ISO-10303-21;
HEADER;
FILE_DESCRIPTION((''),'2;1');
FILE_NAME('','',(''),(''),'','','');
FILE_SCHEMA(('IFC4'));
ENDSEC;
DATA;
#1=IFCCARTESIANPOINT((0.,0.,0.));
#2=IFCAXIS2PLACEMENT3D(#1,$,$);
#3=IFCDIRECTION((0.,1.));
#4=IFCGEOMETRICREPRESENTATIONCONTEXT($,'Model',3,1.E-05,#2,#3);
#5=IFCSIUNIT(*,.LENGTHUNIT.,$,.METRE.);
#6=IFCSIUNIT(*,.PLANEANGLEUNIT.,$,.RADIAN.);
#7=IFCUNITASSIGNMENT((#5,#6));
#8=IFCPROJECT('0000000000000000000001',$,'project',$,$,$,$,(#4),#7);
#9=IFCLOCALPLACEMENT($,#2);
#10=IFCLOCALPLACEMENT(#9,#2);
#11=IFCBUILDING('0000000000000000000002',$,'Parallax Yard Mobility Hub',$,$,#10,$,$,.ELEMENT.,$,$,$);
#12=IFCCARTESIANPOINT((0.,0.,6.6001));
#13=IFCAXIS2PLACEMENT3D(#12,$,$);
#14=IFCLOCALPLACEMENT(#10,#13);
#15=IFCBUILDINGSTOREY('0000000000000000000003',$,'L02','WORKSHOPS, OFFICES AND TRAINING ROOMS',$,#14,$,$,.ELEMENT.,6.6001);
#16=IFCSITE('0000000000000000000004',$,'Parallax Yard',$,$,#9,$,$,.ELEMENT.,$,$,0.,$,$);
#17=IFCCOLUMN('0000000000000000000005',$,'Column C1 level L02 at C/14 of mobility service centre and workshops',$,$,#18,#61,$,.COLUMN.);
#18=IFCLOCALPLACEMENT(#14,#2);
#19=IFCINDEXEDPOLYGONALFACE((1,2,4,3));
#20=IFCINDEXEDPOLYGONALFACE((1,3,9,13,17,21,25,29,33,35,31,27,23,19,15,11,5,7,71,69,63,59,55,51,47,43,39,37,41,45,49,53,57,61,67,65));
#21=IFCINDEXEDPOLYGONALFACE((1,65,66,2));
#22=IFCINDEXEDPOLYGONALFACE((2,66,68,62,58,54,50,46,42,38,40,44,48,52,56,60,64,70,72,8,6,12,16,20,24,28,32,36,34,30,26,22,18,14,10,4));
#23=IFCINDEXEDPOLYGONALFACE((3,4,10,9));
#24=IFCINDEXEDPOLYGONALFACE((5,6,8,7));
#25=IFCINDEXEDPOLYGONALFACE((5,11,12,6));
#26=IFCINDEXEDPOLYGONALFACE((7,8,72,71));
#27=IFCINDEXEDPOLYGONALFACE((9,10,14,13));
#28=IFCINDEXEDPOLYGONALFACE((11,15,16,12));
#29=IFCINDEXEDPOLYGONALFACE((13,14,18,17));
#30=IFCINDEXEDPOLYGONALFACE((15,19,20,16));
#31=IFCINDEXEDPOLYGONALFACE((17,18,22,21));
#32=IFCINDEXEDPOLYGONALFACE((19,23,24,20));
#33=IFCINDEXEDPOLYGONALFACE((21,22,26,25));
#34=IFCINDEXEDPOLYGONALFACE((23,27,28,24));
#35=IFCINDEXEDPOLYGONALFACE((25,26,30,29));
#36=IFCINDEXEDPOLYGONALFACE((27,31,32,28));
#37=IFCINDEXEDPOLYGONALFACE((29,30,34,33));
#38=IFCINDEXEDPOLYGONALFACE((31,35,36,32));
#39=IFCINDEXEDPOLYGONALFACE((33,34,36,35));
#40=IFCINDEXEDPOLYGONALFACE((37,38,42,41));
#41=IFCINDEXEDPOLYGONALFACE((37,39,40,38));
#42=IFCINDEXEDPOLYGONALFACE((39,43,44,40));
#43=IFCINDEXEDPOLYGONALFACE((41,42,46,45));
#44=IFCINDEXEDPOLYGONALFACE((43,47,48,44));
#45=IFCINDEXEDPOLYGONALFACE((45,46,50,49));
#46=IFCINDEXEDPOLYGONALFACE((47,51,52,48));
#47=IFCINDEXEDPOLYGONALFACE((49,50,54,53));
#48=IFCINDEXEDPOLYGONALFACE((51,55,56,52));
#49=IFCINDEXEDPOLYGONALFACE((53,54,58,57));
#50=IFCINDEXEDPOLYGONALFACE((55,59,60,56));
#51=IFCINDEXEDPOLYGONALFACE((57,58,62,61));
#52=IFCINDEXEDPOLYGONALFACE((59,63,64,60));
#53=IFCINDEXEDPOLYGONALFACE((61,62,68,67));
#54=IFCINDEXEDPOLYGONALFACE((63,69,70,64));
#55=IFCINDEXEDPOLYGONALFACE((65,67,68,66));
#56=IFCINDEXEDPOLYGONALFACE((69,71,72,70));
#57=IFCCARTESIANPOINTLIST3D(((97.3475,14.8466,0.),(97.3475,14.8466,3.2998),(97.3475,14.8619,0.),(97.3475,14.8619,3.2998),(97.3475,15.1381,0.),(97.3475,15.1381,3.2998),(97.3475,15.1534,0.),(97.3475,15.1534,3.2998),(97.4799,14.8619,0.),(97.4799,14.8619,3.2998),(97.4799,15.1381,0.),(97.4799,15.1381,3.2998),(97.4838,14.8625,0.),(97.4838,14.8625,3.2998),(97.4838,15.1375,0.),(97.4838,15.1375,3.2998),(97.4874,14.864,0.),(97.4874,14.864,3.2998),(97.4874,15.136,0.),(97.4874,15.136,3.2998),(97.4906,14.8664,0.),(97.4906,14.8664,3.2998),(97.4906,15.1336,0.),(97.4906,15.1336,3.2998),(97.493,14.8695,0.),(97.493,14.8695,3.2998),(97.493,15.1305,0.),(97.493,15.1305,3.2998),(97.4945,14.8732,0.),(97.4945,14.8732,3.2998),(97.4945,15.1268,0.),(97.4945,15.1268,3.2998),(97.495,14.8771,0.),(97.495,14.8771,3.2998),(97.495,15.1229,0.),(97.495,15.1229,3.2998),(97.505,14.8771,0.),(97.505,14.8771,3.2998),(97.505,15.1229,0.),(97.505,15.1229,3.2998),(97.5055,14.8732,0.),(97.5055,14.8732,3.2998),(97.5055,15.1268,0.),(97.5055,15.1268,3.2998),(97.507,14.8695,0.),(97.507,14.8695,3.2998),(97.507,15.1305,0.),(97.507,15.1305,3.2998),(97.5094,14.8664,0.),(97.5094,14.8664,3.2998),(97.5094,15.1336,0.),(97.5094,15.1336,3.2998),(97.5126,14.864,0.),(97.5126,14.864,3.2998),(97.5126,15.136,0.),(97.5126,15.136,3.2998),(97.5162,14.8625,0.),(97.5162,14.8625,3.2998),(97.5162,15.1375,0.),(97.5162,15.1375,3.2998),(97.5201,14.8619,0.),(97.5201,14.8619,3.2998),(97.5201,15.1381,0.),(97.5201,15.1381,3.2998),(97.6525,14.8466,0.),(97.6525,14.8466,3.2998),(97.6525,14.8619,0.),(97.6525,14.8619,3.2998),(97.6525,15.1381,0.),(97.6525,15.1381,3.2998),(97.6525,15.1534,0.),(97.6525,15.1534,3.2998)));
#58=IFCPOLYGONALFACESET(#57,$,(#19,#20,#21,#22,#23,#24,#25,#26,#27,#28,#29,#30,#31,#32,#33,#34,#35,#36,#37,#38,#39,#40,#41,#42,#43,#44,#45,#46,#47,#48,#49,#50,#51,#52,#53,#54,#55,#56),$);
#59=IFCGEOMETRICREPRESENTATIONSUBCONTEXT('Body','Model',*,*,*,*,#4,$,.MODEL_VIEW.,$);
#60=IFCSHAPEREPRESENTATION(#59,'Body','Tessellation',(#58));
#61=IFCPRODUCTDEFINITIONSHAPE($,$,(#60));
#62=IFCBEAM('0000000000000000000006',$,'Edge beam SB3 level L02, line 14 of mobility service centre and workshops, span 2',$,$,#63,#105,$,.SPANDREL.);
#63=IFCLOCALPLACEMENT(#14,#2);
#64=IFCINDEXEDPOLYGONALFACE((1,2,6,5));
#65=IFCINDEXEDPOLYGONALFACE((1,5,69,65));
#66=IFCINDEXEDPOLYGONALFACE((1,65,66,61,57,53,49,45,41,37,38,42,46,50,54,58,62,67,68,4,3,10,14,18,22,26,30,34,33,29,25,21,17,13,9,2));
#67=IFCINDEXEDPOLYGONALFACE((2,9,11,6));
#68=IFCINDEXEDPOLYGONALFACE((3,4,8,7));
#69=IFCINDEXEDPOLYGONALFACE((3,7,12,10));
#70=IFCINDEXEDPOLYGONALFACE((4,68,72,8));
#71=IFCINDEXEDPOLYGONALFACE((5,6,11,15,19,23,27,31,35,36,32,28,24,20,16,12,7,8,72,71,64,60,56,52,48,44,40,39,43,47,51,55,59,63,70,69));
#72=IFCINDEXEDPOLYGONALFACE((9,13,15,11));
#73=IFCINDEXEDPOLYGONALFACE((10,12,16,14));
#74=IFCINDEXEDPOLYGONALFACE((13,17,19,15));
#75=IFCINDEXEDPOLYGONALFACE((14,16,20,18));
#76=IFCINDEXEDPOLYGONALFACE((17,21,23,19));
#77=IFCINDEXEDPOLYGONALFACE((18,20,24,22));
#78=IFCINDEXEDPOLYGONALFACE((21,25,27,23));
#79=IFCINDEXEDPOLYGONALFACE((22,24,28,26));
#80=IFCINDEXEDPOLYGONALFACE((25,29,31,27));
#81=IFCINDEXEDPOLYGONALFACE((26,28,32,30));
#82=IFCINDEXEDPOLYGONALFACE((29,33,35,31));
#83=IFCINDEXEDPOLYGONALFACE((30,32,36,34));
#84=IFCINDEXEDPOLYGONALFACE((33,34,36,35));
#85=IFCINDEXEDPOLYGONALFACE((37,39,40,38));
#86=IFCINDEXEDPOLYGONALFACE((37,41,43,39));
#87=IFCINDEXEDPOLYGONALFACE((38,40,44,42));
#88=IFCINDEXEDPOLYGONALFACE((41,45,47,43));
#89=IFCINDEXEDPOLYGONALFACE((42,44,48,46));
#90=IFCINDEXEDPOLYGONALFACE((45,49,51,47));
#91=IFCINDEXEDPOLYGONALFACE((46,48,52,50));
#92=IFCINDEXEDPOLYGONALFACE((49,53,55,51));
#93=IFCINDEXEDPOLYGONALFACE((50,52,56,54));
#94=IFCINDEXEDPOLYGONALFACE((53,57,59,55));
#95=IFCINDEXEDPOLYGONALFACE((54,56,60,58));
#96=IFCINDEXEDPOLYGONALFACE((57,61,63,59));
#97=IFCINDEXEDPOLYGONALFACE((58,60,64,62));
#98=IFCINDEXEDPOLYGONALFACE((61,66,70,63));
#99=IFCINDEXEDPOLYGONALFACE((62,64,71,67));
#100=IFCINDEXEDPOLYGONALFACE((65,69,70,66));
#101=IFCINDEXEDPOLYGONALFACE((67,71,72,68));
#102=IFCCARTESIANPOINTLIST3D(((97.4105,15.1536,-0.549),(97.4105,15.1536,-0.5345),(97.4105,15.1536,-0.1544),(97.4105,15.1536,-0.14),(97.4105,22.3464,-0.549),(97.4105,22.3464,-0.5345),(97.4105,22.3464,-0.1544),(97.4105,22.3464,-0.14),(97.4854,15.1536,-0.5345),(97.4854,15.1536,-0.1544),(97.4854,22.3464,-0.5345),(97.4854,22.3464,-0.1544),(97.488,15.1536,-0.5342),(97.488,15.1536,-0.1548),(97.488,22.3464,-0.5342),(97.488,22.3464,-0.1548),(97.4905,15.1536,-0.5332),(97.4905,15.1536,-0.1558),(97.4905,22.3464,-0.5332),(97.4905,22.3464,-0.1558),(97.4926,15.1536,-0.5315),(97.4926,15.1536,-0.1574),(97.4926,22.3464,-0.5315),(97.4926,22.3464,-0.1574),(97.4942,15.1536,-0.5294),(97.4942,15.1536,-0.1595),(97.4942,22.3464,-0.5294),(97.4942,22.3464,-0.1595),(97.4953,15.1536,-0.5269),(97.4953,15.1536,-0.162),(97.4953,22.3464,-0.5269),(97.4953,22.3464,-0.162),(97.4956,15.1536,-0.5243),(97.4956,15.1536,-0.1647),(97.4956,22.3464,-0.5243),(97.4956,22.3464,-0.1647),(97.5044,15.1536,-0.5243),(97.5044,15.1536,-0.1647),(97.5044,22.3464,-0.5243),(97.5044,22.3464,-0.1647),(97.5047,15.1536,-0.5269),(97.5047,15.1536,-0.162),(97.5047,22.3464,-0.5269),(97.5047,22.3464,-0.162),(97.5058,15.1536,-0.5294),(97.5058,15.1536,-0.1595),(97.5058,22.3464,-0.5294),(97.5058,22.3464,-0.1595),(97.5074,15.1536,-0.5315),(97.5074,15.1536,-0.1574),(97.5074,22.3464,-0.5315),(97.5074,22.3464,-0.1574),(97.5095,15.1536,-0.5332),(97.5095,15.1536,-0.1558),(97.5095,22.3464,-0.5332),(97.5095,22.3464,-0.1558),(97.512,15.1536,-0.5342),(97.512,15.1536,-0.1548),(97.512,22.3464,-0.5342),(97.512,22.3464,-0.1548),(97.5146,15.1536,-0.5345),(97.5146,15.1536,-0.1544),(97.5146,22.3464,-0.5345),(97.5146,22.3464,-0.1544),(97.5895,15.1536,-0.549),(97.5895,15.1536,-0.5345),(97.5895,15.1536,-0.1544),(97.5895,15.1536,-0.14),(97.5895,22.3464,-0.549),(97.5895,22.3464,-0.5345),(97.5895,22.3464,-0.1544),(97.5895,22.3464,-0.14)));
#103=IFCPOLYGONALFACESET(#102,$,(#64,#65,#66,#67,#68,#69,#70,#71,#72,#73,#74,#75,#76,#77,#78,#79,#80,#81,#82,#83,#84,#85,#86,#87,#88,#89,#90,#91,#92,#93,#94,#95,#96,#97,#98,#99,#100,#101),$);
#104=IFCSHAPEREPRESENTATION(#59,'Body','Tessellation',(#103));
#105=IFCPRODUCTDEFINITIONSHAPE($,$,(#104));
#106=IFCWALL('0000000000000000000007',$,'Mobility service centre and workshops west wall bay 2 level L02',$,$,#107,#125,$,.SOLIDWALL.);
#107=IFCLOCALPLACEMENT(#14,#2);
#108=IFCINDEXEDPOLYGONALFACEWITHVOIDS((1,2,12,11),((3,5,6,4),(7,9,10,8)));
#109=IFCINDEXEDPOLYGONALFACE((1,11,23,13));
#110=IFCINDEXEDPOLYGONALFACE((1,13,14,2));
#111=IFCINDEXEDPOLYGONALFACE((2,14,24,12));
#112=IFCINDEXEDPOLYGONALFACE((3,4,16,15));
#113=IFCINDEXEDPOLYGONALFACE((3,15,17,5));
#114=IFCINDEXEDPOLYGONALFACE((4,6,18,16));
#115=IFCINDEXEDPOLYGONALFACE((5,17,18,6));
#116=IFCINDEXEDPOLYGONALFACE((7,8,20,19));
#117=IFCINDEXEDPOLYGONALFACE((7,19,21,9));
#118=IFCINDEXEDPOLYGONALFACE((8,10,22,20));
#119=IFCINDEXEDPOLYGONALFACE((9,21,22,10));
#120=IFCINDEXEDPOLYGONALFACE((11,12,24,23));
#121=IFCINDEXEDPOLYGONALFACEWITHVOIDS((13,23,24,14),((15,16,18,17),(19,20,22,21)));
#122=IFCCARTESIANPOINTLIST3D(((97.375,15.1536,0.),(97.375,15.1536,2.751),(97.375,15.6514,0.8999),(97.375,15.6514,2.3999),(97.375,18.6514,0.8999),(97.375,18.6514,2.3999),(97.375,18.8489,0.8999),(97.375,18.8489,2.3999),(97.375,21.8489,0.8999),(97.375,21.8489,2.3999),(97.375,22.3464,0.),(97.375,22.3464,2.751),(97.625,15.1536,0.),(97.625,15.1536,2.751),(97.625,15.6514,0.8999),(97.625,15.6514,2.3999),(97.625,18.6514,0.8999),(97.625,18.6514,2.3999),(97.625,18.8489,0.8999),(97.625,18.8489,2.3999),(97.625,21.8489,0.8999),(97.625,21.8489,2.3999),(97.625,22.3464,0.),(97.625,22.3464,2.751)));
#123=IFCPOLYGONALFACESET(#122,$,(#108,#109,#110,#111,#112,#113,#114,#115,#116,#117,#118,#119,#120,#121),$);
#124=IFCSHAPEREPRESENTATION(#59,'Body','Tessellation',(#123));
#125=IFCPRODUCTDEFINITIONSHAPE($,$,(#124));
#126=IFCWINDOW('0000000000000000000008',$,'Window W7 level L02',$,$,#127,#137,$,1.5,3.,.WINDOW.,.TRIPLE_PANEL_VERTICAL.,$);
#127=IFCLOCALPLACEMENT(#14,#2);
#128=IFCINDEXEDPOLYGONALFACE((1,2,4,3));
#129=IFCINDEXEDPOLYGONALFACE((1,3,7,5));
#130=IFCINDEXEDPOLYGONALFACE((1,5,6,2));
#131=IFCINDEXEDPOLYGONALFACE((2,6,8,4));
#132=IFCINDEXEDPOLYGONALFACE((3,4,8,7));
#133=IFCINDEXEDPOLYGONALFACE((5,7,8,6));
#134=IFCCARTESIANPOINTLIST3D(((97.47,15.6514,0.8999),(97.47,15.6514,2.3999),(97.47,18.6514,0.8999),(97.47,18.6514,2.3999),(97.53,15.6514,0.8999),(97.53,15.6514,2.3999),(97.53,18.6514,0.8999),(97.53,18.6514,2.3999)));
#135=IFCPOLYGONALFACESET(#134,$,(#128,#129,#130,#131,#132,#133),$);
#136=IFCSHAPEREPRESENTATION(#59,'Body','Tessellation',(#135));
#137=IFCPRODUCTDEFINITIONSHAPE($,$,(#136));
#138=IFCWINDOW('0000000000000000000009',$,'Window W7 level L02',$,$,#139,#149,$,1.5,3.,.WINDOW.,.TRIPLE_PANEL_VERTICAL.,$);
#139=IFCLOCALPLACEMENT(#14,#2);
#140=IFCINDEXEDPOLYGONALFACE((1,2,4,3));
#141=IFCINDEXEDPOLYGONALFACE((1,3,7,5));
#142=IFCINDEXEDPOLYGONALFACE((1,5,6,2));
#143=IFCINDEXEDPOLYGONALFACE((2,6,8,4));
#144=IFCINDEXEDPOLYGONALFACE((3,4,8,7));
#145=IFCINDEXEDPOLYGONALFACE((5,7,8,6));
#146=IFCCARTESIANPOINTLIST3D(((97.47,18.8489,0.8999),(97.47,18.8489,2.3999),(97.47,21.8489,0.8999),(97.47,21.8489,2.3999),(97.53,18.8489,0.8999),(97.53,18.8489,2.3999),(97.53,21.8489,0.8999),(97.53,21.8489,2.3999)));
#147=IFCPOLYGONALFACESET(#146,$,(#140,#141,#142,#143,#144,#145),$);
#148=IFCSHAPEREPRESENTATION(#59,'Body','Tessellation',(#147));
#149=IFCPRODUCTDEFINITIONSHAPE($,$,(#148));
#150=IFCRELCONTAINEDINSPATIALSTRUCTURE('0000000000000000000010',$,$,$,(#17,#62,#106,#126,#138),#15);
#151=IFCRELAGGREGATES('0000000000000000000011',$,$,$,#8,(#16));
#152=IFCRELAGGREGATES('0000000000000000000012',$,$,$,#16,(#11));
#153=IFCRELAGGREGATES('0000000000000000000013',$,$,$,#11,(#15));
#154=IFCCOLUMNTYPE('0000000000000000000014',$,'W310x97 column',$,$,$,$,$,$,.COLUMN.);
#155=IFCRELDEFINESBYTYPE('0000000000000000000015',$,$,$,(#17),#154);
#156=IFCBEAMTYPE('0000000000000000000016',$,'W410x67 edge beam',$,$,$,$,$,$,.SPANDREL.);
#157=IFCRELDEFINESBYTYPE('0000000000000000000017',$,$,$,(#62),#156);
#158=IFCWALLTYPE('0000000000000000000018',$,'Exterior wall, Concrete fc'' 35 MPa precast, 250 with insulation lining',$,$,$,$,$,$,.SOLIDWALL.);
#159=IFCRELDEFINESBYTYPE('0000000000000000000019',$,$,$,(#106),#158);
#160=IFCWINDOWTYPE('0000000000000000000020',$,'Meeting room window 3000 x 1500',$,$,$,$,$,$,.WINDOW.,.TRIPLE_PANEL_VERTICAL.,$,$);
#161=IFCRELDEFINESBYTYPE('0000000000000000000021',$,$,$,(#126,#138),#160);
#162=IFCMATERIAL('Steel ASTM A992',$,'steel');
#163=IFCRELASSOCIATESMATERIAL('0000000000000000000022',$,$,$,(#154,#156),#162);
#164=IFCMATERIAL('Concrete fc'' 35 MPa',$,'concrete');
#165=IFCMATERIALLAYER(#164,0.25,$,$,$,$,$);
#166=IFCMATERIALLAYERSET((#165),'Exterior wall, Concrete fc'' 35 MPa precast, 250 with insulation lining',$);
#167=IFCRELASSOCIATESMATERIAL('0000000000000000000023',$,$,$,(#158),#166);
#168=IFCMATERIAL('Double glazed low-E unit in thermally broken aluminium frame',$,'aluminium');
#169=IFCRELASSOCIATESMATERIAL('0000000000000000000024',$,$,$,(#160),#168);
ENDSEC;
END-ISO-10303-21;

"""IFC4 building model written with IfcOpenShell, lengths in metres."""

from ifc_helpers import new_model, si_unit, direction, frame, frame_2d, origin, origin_2d, place, context, subcontext, project, spatial, rectangle, i_section, extrude, material, layer, layer_set, material_profile, profile_set, type_object, element, fill, save


model = new_model("IFC4")

# Units and contexts
model_context = context("Model", 3, precision=1e-05, world=origin(), true_north=direction((0.0, 1.0)))
body_context = subcontext(model_context, "Body", "Model", "MODEL_VIEW")
ifc_project = project(units=[si_unit("LENGTHUNIT", "METRE"), si_unit("PLANEANGLEUNIT", "RADIAN")], contexts=[model_context])

# Site, building, storey
site_placement = place(None, origin())
site = spatial("IfcSite", under=ifc_project, at=site_placement, Name="Parallax Yard", CompositionType="ELEMENT", RefElevation=0.0)
building_placement = place(site_placement, origin())
building = spatial("IfcBuilding", under=site, at=building_placement, Name="Parallax Yard Mobility Hub", CompositionType="ELEMENT")
storey_placement = place(building_placement, frame((0.0, 0.0, 6.6001)))
storey = spatial("IfcBuildingStorey", under=building, at=storey_placement, Name="L02", Description="WORKSHOPS, OFFICES AND TRAINING ROOMS", CompositionType="ELEMENT", Elevation=6.6001)

# Column
ifc_material_1 = material(Name="Steel ASTM A992", Category="steel")
ifc_material_profile_1 = material_profile(ifc_material_1, i_section(OverallWidth=0.3049, OverallDepth=0.3069, WebThickness=0.01, FlangeThickness=0.0154, FilletRadius=0.0151, at=origin_2d()), Name="W310x97")
ifc_profile_set_1 = profile_set([ifc_material_profile_1], Name="Steel ASTM A992")
column_type = type_object("IfcColumnType", Name="W310x97 column", PredefinedType="COLUMN", material=ifc_profile_set_1)
column_placement = place(storey_placement, frame((97.5, 15.0, 0.0), z_axis=(0.0, 0.0, 1.0), x_axis=(1.0, 0.0, 0.0)))
element("IfcColumn", 1, at=column_placement, inside=storey, type_object=column_type, Name="Column C1 level L02 at C/14 of mobility service centre and workshops", PredefinedType="COLUMN", context=body_context, shape_type="SweptSolid", body=[
    extrude(i_section(OverallWidth=0.3049, OverallDepth=0.3069, WebThickness=0.01, FlangeThickness=0.0154, FilletRadius=0.0151, at=origin_2d()), origin(), (0.0, 0.0, 1.0), 3.2998),
])

# Beam
ifc_material_profile_2 = material_profile(ifc_material_1, i_section(OverallWidth=0.179, OverallDepth=0.4089, WebThickness=0.0088, FlangeThickness=0.0144, FilletRadius=0.0103, at=origin_2d()), Name="W410x67")
ifc_profile_set_2 = profile_set([ifc_material_profile_2], Name="Steel ASTM A992")
beam_type = type_object("IfcBeamType", Name="W410x67 edge beam", PredefinedType="SPANDREL", material=ifc_profile_set_2)
beam_placement = place(storey_placement, frame((97.5, 15.1536, -0.3445), z_axis=(0.0, 1.0, 0.0), x_axis=(-1.0, 0.0, 0.0)))
element("IfcBeam", 2, at=beam_placement, inside=storey, type_object=beam_type, Name="Edge beam SB3 level L02, line 14 of mobility service centre and workshops, span 2", PredefinedType="SPANDREL", context=body_context, shape_type="SweptSolid", body=[
    extrude(i_section(OverallWidth=0.179, OverallDepth=0.4089, WebThickness=0.0088, FlangeThickness=0.0144, FilletRadius=0.0103, at=origin_2d()), origin(), (0.0, 0.0, 1.0), 7.1929),
])

# Wall, openings, windows
ifc_material_2 = material(Name="Concrete fc' 35 MPa", Category="concrete")
ifc_layer_1 = layer(ifc_material_2, 0.25)
ifc_layer_set_1 = layer_set([ifc_layer_1], Name="Exterior wall, Concrete fc' 35 MPa precast, 250 with insulation lining")
wall_type_1 = type_object("IfcWallType", Name="Exterior wall, Concrete fc' 35 MPa precast, 250 with insulation lining", PredefinedType="SOLIDWALL", material=ifc_layer_set_1)
wall_1_placement = place(storey_placement, frame((97.5, 15.1536, 0.0), z_axis=(0.0, 0.0, 1.0), x_axis=(0.0, 1.0, 0.0)))
wall_1 = element("IfcWall", 3, at=wall_1_placement, inside=storey, type_object=wall_type_1, Name="Mobility service centre and workshops west wall bay 2 level L02", PredefinedType="SOLIDWALL", context=body_context, shape_type="SweptSolid", body=[
    extrude(rectangle(XDim=7.1929, YDim=0.25, at=frame_2d((3.5964, 0.0))), origin(), (0.0, 0.0, 1.0), 2.751),
])
opening_1_placement = place(wall_1_placement, frame((0.4978, 0.0, 0.8999)))
opening_1 = element("IfcOpeningElement", 4, at=opening_1_placement, cuts=wall_1, PredefinedType="OPENING", context=body_context, shape_type="SweptSolid", body=[
    extrude(rectangle(XDim=3.0, YDim=1.5, at=frame_2d((1.5, 0.75))), frame((0.0, 0.135, 0.0), z_axis=(0.0, -1.0, 0.0), x_axis=(1.0, 0.0, 0.0)), (0.0, 0.0, 1.0), 0.27),
])
opening_2_placement = place(wall_1_placement, frame((3.6953, 0.0, 0.8999)))
opening_2 = element("IfcOpeningElement", 5, at=opening_2_placement, cuts=wall_1, PredefinedType="OPENING", context=body_context, shape_type="SweptSolid", body=[
    extrude(rectangle(XDim=3.0, YDim=1.5, at=frame_2d((1.5, 0.75))), frame((0.0, 0.135, 0.0), z_axis=(0.0, -1.0, 0.0), x_axis=(1.0, 0.0, 0.0)), (0.0, 0.0, 1.0), 0.27),
])
ifc_material_3 = material(Name="Double glazed low-E unit in thermally broken aluminium frame", Category="aluminium")
window_type_1 = type_object("IfcWindowType", Name="Meeting room window 3000 x 1500", PartitioningType="TRIPLE_PANEL_VERTICAL", PredefinedType="WINDOW", material=ifc_material_3)
window_1_placement = place(opening_1_placement, origin())
window_1 = element("IfcWindow", 6, at=window_1_placement, inside=storey, type_object=window_type_1, Name="Window W7 level L02", OverallHeight=1.5, OverallWidth=3.0, PartitioningType="TRIPLE_PANEL_VERTICAL", PredefinedType="WINDOW", context=body_context, shape_type="SweptSolid", body=[
    extrude(rectangle(XDim=3.0, YDim=1.5, at=frame_2d((1.5, 0.75))), frame((0.0, 0.03, 0.0), z_axis=(0.0, -1.0, 0.0), x_axis=(1.0, 0.0, 0.0)), (0.0, 0.0, 1.0), 0.0601),
])
fill(opening_1, window_1)
window_2_placement = place(opening_2_placement, origin())
window_2 = element("IfcWindow", 7, at=window_2_placement, inside=storey, type_object=window_type_1, Name="Window W7 level L02", OverallHeight=1.5, OverallWidth=3.0, PartitioningType="TRIPLE_PANEL_VERTICAL", PredefinedType="WINDOW", context=body_context, shape_type="SweptSolid", body=[
    extrude(rectangle(XDim=3.0, YDim=1.5, at=frame_2d((1.5, 0.75))), frame((0.0, 0.03, 0.0), z_axis=(0.0, -1.0, 0.0), x_axis=(1.0, 0.0, 0.0)), (0.0, 0.0, 1.0), 0.0601),
])
fill(opening_2, window_2)

save(model, "model.ifc")
